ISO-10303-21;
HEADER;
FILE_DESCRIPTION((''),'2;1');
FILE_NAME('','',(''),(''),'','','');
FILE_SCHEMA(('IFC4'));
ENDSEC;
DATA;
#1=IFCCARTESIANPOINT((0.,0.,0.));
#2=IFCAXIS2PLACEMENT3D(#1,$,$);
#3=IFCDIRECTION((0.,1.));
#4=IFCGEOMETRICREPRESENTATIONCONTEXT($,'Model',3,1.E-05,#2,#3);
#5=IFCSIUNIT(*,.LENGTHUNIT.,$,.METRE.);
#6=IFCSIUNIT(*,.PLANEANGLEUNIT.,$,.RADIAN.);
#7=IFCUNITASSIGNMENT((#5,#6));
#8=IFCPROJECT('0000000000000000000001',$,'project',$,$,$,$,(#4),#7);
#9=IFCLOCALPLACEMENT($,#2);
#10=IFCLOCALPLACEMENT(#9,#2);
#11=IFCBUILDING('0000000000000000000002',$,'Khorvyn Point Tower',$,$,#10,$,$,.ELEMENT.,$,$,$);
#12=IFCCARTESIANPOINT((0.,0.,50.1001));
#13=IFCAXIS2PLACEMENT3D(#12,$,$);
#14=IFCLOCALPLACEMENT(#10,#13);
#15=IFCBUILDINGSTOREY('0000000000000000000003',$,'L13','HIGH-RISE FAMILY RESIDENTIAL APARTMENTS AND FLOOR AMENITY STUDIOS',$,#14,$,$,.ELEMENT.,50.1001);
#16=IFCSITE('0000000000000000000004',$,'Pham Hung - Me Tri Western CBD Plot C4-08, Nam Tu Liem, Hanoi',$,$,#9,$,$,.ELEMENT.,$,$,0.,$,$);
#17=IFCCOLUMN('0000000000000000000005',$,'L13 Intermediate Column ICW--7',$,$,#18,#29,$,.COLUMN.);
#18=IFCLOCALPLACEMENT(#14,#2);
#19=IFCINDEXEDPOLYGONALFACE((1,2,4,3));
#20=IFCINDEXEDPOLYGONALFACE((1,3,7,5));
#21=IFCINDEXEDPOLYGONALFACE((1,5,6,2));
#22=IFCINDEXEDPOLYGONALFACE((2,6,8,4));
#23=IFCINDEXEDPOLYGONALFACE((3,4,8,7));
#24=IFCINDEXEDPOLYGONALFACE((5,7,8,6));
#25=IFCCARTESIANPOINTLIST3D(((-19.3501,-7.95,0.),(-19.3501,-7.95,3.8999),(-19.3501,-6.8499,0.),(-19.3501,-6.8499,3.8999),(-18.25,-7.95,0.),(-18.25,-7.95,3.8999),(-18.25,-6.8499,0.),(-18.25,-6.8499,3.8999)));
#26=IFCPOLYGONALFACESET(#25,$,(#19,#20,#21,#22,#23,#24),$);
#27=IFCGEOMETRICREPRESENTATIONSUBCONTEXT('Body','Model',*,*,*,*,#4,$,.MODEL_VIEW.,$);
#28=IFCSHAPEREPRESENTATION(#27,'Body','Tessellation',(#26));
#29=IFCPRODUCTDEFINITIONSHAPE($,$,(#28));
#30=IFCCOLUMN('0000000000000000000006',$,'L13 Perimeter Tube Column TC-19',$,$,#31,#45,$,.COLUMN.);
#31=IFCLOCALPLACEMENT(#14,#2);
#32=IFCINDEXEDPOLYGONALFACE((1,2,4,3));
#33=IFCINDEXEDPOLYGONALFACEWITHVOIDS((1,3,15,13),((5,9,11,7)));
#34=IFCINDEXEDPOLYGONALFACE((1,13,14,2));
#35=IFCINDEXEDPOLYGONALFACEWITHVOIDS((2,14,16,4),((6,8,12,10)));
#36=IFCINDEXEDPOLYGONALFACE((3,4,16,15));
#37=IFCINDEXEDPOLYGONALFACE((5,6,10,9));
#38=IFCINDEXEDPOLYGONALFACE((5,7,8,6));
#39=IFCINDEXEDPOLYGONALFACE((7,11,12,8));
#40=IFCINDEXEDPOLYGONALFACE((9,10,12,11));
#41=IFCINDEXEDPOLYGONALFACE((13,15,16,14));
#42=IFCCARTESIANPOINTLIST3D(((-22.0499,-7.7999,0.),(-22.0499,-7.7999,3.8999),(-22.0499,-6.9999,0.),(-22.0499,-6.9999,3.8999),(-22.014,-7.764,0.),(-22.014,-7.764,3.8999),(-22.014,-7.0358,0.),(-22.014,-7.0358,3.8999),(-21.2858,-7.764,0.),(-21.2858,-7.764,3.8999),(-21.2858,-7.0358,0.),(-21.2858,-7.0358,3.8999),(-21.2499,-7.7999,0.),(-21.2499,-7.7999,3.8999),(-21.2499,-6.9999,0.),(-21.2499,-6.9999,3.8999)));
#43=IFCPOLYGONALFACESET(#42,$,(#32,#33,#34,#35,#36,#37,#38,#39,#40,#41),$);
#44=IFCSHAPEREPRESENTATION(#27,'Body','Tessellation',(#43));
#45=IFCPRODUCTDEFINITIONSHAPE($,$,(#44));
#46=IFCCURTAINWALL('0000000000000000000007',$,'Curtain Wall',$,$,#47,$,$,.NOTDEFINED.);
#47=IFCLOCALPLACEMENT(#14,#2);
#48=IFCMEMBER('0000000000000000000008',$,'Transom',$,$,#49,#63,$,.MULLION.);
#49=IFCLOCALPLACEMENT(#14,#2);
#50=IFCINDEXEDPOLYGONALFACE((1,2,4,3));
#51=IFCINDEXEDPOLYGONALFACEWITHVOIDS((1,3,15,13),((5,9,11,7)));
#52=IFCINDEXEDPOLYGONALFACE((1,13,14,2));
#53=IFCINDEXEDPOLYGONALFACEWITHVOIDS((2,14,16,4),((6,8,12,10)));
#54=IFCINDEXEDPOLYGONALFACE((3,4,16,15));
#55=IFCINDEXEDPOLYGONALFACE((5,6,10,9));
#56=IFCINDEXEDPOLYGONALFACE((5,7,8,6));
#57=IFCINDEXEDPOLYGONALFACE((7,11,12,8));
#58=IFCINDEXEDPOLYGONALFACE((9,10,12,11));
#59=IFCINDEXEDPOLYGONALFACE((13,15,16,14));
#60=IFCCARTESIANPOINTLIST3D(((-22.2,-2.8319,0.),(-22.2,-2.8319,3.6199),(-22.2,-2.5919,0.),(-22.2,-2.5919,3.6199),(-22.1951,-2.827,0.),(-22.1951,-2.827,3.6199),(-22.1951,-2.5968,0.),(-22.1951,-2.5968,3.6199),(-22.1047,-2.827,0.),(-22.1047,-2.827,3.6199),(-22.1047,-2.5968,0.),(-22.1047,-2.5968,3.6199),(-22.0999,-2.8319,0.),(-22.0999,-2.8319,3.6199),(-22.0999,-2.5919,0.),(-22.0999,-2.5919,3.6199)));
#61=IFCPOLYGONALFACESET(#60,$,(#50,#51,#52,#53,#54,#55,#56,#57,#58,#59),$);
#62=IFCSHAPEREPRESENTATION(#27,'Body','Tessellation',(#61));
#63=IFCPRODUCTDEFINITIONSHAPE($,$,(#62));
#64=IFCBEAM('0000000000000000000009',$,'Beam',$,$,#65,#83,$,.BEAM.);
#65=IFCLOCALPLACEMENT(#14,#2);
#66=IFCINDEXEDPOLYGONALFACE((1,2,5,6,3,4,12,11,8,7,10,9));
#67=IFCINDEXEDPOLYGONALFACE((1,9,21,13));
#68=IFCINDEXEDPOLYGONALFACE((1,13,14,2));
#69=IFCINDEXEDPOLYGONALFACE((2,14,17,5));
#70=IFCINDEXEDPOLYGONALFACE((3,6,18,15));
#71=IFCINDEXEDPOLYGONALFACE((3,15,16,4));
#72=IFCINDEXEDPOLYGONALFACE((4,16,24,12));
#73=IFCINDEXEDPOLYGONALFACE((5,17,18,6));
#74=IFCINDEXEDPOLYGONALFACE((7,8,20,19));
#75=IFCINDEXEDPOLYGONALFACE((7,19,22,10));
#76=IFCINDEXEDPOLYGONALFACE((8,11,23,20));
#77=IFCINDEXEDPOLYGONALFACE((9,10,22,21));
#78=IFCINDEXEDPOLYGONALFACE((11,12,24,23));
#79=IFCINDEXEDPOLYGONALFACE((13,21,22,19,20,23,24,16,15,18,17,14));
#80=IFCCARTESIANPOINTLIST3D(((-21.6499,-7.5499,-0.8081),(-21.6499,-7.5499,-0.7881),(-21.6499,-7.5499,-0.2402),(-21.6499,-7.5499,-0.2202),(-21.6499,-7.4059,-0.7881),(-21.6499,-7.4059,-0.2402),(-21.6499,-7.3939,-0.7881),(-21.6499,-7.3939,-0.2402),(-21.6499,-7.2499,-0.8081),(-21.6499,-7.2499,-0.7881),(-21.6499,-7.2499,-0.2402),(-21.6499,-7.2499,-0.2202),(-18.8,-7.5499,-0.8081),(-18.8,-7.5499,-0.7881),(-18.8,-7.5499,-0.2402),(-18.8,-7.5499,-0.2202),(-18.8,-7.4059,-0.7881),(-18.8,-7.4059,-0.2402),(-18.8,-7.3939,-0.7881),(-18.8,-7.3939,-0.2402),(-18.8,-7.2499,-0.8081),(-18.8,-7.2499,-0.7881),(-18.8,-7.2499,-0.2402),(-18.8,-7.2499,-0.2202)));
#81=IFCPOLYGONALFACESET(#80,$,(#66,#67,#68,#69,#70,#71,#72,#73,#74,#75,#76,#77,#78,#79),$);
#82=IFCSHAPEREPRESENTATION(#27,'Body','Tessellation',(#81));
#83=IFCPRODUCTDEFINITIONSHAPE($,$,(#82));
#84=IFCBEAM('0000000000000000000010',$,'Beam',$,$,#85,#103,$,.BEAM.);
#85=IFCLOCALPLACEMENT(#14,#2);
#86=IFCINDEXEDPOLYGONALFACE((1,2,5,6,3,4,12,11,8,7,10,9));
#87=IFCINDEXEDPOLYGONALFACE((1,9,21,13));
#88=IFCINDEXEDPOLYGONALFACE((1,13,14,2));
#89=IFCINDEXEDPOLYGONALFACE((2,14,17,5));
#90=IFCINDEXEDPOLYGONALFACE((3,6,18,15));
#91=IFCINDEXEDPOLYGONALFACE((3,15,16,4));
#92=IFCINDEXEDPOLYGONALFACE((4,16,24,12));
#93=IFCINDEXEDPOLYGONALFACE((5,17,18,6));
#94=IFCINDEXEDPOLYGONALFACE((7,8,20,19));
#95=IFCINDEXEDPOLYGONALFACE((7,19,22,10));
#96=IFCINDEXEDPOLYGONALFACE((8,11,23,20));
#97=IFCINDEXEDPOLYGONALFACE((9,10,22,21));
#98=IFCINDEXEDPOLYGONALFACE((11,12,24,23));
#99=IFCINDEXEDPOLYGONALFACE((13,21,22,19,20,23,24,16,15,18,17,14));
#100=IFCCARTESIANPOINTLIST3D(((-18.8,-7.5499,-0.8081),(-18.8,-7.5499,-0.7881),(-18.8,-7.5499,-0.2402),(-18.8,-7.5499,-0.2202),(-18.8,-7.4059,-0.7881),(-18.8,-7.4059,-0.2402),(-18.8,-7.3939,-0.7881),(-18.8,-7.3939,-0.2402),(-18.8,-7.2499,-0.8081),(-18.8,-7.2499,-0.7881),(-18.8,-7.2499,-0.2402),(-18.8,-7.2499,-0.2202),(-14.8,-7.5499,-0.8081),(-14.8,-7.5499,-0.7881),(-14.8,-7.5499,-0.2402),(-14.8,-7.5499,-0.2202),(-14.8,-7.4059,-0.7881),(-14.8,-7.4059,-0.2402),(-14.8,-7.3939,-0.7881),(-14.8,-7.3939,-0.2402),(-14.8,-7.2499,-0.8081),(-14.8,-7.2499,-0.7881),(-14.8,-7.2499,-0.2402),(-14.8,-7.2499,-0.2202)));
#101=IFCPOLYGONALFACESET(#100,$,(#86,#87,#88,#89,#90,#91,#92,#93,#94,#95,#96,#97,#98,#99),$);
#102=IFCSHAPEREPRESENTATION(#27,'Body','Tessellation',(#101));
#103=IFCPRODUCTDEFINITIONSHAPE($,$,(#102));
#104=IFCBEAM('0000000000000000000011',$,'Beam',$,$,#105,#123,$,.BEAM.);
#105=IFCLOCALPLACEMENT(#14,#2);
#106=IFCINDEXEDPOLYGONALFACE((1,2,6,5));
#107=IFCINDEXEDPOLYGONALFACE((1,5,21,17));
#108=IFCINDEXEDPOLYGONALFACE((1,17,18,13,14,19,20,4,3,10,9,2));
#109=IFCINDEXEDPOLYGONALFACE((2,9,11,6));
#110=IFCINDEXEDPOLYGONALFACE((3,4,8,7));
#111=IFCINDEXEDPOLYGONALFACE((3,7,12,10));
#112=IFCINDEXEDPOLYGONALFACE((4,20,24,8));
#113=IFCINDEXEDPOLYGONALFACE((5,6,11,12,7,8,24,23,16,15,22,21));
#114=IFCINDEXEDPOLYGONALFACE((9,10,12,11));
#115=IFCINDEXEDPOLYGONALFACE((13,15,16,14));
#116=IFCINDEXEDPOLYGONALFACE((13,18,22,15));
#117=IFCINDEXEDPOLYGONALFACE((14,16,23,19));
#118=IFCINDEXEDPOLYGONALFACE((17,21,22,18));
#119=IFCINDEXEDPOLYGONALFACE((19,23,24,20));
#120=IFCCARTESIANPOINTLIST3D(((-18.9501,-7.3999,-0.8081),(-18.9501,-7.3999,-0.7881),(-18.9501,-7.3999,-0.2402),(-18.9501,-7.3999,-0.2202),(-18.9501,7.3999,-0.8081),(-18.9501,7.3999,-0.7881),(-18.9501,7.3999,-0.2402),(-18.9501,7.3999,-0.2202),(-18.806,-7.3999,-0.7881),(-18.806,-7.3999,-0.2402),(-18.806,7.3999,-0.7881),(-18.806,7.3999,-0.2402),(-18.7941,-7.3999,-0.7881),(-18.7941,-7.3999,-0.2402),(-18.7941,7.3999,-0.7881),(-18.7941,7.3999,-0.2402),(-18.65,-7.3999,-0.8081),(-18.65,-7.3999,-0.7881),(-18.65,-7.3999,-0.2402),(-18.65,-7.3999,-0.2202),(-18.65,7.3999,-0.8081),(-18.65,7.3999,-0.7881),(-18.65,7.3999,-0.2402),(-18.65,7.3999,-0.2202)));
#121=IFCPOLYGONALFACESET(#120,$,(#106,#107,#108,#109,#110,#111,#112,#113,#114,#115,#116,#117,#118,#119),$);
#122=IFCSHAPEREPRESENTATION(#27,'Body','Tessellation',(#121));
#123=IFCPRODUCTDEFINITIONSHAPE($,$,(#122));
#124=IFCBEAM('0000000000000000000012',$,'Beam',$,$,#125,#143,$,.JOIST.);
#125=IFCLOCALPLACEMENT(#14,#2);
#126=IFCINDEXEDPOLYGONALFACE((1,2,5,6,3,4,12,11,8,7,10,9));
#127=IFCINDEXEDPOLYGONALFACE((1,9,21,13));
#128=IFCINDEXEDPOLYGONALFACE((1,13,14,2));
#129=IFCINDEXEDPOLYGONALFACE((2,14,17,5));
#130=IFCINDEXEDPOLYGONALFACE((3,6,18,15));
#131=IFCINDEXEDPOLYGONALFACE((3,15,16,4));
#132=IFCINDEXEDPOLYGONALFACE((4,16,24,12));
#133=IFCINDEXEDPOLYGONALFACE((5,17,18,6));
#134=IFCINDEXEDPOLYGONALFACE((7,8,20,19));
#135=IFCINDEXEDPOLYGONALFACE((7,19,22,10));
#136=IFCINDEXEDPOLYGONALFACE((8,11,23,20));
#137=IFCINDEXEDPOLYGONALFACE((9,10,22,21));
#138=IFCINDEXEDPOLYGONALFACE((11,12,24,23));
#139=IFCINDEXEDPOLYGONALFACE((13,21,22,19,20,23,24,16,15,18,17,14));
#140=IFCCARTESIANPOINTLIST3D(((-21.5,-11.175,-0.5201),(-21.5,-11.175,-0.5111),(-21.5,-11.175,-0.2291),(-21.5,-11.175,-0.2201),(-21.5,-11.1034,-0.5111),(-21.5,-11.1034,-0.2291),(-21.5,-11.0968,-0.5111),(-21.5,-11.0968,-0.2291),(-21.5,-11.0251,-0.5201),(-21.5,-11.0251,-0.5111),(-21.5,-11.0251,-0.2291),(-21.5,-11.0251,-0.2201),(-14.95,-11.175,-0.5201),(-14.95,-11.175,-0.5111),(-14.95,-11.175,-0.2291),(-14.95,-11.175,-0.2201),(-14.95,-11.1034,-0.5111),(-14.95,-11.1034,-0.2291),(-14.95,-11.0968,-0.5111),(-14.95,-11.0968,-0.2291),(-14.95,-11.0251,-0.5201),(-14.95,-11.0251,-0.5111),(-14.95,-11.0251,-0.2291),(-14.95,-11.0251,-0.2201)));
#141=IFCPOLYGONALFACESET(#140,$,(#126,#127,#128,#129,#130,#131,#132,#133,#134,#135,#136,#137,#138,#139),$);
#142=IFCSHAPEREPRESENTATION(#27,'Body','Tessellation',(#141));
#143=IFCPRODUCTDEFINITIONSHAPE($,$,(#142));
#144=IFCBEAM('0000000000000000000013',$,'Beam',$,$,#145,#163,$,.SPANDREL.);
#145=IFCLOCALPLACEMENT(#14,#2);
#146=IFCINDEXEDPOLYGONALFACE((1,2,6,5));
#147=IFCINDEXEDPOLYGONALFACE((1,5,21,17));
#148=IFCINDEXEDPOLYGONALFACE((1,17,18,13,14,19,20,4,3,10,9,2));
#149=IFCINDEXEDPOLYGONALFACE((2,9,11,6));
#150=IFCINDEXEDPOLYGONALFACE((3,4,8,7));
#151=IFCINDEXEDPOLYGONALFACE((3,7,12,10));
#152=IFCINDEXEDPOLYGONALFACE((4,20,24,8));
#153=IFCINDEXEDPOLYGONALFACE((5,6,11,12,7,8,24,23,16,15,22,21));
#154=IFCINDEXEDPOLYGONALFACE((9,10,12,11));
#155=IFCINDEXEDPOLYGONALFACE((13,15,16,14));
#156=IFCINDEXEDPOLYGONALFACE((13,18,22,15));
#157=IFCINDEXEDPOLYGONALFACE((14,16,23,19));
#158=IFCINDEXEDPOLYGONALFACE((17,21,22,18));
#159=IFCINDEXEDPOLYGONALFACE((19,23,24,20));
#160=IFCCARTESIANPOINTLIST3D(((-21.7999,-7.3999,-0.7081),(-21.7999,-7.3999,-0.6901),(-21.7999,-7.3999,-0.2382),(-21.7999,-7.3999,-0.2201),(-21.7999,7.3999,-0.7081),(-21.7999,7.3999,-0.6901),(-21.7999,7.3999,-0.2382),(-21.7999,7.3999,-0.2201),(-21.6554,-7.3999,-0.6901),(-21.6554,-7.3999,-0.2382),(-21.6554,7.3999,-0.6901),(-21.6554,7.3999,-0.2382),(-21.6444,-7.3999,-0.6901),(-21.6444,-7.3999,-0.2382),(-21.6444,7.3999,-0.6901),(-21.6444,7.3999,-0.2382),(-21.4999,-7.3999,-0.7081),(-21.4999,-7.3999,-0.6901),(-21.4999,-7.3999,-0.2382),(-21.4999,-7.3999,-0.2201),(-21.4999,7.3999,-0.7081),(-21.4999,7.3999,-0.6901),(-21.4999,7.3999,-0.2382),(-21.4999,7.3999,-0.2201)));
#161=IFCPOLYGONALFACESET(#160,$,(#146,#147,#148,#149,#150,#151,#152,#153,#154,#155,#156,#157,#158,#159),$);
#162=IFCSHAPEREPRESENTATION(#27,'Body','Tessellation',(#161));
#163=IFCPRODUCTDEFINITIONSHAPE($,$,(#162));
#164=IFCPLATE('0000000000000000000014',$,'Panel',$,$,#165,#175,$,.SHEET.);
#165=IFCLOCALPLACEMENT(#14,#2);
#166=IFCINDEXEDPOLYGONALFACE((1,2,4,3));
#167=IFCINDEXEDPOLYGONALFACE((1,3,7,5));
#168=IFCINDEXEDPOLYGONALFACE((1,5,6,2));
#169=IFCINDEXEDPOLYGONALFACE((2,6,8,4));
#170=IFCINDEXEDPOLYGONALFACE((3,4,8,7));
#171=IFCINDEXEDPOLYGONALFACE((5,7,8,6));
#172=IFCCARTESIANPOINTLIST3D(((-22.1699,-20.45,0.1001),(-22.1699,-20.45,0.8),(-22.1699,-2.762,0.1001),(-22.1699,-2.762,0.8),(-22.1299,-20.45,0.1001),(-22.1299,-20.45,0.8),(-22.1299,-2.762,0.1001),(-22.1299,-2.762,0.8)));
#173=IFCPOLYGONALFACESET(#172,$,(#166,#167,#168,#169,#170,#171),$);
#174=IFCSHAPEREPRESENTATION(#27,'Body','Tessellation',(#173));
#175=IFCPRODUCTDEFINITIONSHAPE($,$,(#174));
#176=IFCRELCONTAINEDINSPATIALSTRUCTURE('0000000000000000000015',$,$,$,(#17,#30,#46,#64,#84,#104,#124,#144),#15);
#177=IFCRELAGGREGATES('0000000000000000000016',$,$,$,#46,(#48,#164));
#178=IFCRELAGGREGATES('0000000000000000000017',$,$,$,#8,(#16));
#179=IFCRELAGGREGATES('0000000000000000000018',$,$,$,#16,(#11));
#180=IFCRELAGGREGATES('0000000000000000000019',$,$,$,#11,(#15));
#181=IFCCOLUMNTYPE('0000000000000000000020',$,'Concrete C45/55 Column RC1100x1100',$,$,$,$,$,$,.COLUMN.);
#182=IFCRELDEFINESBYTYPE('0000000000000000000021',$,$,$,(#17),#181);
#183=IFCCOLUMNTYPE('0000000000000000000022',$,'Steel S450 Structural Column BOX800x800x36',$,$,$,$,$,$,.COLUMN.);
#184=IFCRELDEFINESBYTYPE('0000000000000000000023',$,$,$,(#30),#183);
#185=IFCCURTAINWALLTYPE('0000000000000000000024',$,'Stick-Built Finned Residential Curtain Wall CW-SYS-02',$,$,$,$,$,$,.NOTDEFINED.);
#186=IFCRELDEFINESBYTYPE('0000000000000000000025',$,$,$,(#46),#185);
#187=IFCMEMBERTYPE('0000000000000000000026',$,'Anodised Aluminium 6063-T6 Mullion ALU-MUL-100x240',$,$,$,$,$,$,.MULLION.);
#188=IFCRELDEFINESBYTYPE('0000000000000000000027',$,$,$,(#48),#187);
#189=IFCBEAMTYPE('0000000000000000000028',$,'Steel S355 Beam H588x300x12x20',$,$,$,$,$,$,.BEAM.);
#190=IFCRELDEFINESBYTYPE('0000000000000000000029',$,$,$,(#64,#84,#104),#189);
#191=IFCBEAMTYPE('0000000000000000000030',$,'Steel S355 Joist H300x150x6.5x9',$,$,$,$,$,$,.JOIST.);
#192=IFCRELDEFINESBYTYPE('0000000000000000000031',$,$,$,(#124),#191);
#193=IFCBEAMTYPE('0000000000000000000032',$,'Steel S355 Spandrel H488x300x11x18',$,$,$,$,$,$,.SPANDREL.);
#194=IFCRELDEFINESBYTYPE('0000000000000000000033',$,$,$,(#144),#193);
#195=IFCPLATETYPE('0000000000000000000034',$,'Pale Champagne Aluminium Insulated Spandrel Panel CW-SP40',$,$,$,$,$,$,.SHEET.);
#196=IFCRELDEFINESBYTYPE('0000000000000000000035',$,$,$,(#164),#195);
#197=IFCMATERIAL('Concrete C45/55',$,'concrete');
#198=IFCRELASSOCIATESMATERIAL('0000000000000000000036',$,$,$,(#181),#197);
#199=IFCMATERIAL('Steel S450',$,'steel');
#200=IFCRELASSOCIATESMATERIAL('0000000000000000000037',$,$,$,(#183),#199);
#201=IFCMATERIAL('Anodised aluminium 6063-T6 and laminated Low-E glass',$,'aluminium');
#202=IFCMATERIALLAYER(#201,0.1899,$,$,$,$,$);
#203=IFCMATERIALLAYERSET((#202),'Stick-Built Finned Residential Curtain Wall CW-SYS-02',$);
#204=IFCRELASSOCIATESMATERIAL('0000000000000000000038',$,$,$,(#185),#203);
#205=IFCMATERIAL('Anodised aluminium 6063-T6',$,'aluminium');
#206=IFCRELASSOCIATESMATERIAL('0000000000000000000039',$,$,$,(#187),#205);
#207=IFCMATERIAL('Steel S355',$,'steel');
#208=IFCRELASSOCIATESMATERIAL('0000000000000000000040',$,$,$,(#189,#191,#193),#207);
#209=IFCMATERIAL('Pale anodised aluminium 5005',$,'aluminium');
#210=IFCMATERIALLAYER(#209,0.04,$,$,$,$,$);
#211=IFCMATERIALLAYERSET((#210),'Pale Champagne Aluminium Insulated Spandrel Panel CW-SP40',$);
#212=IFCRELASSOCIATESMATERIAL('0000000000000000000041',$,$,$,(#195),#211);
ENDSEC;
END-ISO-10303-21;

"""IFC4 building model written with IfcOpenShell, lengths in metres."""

from ifc_helpers import new_model, si_unit, direction, frame, origin, origin_2d, place, context, subcontext, project, spatial, rectangle, hollow_rectangle, i_section, extrude, material, layer, layer_set, material_profile, profile_set, type_object, element, aggregate, save


model = new_model("IFC4")

# Units and contexts
model_context = context("Model", 3, precision=1e-05, world=origin(), true_north=direction((0.0, 1.0)))
body_context = subcontext(model_context, "Body", "Model", "MODEL_VIEW")
ifc_project = project(units=[si_unit("LENGTHUNIT", "METRE"), si_unit("PLANEANGLEUNIT", "RADIAN")], contexts=[model_context])

# Site, building, storey
site_placement = place(None, origin())
site = spatial("IfcSite", under=ifc_project, at=site_placement, Name="Pham Hung - Me Tri Western CBD Plot C4-08, Nam Tu Liem, Hanoi", CompositionType="ELEMENT", RefElevation=0.0)
building_placement = place(site_placement, origin())
building = spatial("IfcBuilding", under=site, at=building_placement, Name="Khorvyn Point Tower", CompositionType="ELEMENT")
storey_placement = place(building_placement, frame((0.0, 0.0, 50.1001)))
storey = spatial("IfcBuildingStorey", under=building, at=storey_placement, Name="L13", Description="HIGH-RISE FAMILY RESIDENTIAL APARTMENTS AND FLOOR AMENITY STUDIOS", CompositionType="ELEMENT", Elevation=50.1001)

# Columns
ifc_material_1 = material(Name="Concrete C45/55", Category="concrete")
ifc_material_profile_1 = material_profile(ifc_material_1, rectangle(XDim=1.1001, YDim=1.1001, at=origin_2d()))
ifc_profile_set_1 = profile_set([ifc_material_profile_1], Name="Concrete C45/55 RC1100x1100")
column_type_1 = type_object("IfcColumnType", Name="Concrete C45/55 Column RC1100x1100", PredefinedType="COLUMN", material=ifc_profile_set_1)
column_1_placement = place(storey_placement, frame((-18.8, -7.3999, 0.0), z_axis=(0.0, 0.0, 1.0), x_axis=(1.0, 0.0, 0.0)))
element("IfcColumn", 1, at=column_1_placement, inside=storey, type_object=column_type_1, Name="L13 Intermediate Column ICW--7", PredefinedType="COLUMN", context=body_context, shape_type="SweptSolid", body=[
    extrude(rectangle(XDim=1.1001, YDim=1.1001, at=origin_2d()), origin(), (0.0, 0.0, 1.0), 3.8999),
])
ifc_material_2 = material(Name="Steel S450", Category="steel")
ifc_material_profile_2 = material_profile(ifc_material_2, hollow_rectangle(XDim=0.8, YDim=0.8, WallThickness=0.0359, at=origin_2d()))
ifc_profile_set_2 = profile_set([ifc_material_profile_2], Name="Steel S450 BOX800x800x36")
column_type_2 = type_object("IfcColumnType", Name="Steel S450 Structural Column BOX800x800x36", PredefinedType="COLUMN", material=ifc_profile_set_2)
column_2_placement = place(storey_placement, frame((-21.6499, -7.3999, 0.0), z_axis=(0.0, 0.0, 1.0), x_axis=(1.0, 0.0, 0.0)))
element("IfcColumn", 2, at=column_2_placement, inside=storey, type_object=column_type_2, Name="L13 Perimeter Tube Column TC-19", PredefinedType="COLUMN", context=body_context, shape_type="SweptSolid", body=[
    extrude(hollow_rectangle(XDim=0.8, YDim=0.8, WallThickness=0.0359, at=origin_2d()), origin(), (0.0, 0.0, 1.0), 3.8999),
])

# Curtain wall, member
ifc_material_3 = material(Name="Anodised aluminium 6063-T6 and laminated Low-E glass", Category="aluminium")
ifc_layer_1 = layer(ifc_material_3, 0.1899)
ifc_layer_set_1 = layer_set([ifc_layer_1], Name="Stick-Built Finned Residential Curtain Wall CW-SYS-02")
curtain_wall_type = type_object("IfcCurtainWallType", Name="Stick-Built Finned Residential Curtain Wall CW-SYS-02", PredefinedType="NOTDEFINED", material=ifc_layer_set_1)
curtain_wall_placement = place(storey_placement, origin())
curtain_wall = element("IfcCurtainWall", 3, at=curtain_wall_placement, inside=storey, type_object=curtain_wall_type, Name="Curtain Wall", PredefinedType="NOTDEFINED")
ifc_material_4 = material(Name="Anodised aluminium 6063-T6", Category="aluminium")
ifc_material_profile_3 = material_profile(ifc_material_4, hollow_rectangle(XDim=0.1001, YDim=0.24, WallThickness=0.0049, at=origin_2d()))
ifc_profile_set_3 = profile_set([ifc_material_profile_3], Name="Anodised aluminium 6063-T6 ALU-MUL-100x240")
member_type = type_object("IfcMemberType", Name="Anodised Aluminium 6063-T6 Mullion ALU-MUL-100x240", PredefinedType="MULLION", material=ifc_profile_set_3)
member_placement = place(storey_placement, frame((-22.1499, -2.7119, 0.0), z_axis=(0.0, 0.0, 1.0), x_axis=(-1.0, 0.0, 0.0)))
member = element("IfcMember", 4, at=member_placement, type_object=member_type, Name="Transom", PredefinedType="MULLION", context=body_context, shape_type="SweptSolid", body=[
    extrude(hollow_rectangle(XDim=0.1001, YDim=0.24, WallThickness=0.0049, at=origin_2d()), origin(), (0.0, 0.0, 1.0), 3.6199),
])

# Beams
ifc_material_5 = material(Name="Steel S355", Category="steel")
ifc_material_profile_4 = material_profile(ifc_material_5, i_section(OverallWidth=0.3, OverallDepth=0.5879, WebThickness=0.012, FlangeThickness=0.02, at=origin_2d()))
ifc_profile_set_4 = profile_set([ifc_material_profile_4], Name="Steel S355 H588x300x12x20")
beam_type_1 = type_object("IfcBeamType", Name="Steel S355 Beam H588x300x12x20", PredefinedType="BEAM", material=ifc_profile_set_4)
beam_1_placement = place(storey_placement, frame((-21.6499, -7.3999, -0.5142), z_axis=(1.0, 0.0, 0.0), x_axis=(0.0, 1.0, 0.0)))
element("IfcBeam", 5, at=beam_1_placement, inside=storey, type_object=beam_type_1, Name="Beam", PredefinedType="BEAM", context=body_context, shape_type="SweptSolid", body=[
    extrude(i_section(OverallWidth=0.3, OverallDepth=0.5879, WebThickness=0.012, FlangeThickness=0.02, at=origin_2d()), origin(), (0.0, 0.0, 1.0), 2.8499),
])
beam_2_placement = place(storey_placement, frame((-18.8, -7.3999, -0.5142), z_axis=(1.0, 0.0, 0.0), x_axis=(0.0, 1.0, 0.0)))
element("IfcBeam", 6, at=beam_2_placement, inside=storey, type_object=beam_type_1, Name="Beam", PredefinedType="BEAM", context=body_context, shape_type="SweptSolid", body=[
    extrude(i_section(OverallWidth=0.3, OverallDepth=0.5879, WebThickness=0.012, FlangeThickness=0.02, at=origin_2d()), origin(), (0.0, 0.0, 1.0), 4.0),
])
beam_3_placement = place(storey_placement, frame((-18.8, -7.3999, -0.5142), z_axis=(0.0, 1.0, 0.0), x_axis=(-1.0, 0.0, 0.0)))
element("IfcBeam", 7, at=beam_3_placement, inside=storey, type_object=beam_type_1, Name="Beam", PredefinedType="BEAM", context=body_context, shape_type="SweptSolid", body=[
    extrude(i_section(OverallWidth=0.3, OverallDepth=0.5879, WebThickness=0.012, FlangeThickness=0.02, at=origin_2d()), origin(), (0.0, 0.0, 1.0), 14.7998),
])
ifc_material_profile_5 = material_profile(ifc_material_5, i_section(OverallWidth=0.1499, OverallDepth=0.3, WebThickness=0.0066, FlangeThickness=0.009, at=origin_2d()))
ifc_profile_set_5 = profile_set([ifc_material_profile_5], Name="Steel S355 H300x150x6.5x9")
beam_type_2 = type_object("IfcBeamType", Name="Steel S355 Joist H300x150x6.5x9", PredefinedType="JOIST", material=ifc_profile_set_5)
beam_4_placement = place(storey_placement, frame((-21.5, -11.1001, -0.3701), z_axis=(1.0, 0.0, 0.0), x_axis=(0.0, 1.0, 0.0)))
element("IfcBeam", 8, at=beam_4_placement, inside=storey, type_object=beam_type_2, Name="Beam", PredefinedType="JOIST", context=body_context, shape_type="SweptSolid", body=[
    extrude(i_section(OverallWidth=0.1499, OverallDepth=0.3, WebThickness=0.0066, FlangeThickness=0.009, at=origin_2d()), origin(), (0.0, 0.0, 1.0), 6.55),
])
ifc_material_profile_6 = material_profile(ifc_material_5, i_section(OverallWidth=0.3, OverallDepth=0.488, WebThickness=0.011, FlangeThickness=0.0181, at=origin_2d()))
ifc_profile_set_6 = profile_set([ifc_material_profile_6], Name="Steel S355 H488x300x11x18")
beam_type_3 = type_object("IfcBeamType", Name="Steel S355 Spandrel H488x300x11x18", PredefinedType="SPANDREL", material=ifc_profile_set_6)
beam_5_placement = place(storey_placement, frame((-21.6499, -7.3999, -0.4641), z_axis=(0.0, 1.0, 0.0), x_axis=(-1.0, 0.0, 0.0)))
element("IfcBeam", 9, at=beam_5_placement, inside=storey, type_object=beam_type_3, Name="Beam", PredefinedType="SPANDREL", context=body_context, shape_type="SweptSolid", body=[
    extrude(i_section(OverallWidth=0.3, OverallDepth=0.488, WebThickness=0.011, FlangeThickness=0.0181, at=origin_2d()), origin(), (0.0, 0.0, 1.0), 14.7998),
])

# Plate
ifc_material_6 = material(Name="Pale anodised aluminium 5005", Category="aluminium")
ifc_layer_2 = layer(ifc_material_6, 0.04)
ifc_layer_set_2 = layer_set([ifc_layer_2], Name="Pale Champagne Aluminium Insulated Spandrel Panel CW-SP40")
plate_type_1 = type_object("IfcPlateType", Name="Pale Champagne Aluminium Insulated Spandrel Panel CW-SP40", PredefinedType="SHEET", material=ifc_layer_set_2)
plate_1_placement = place(storey_placement, frame((-22.1499, -11.606, 0.1001), z_axis=(0.0, 0.0, 1.0), x_axis=(0.0, 1.0, 0.0)))
plate_1 = element("IfcPlate", 10, at=plate_1_placement, type_object=plate_type_1, Name="Panel", PredefinedType="SHEET", context=body_context, shape_type="SweptSolid", body=[
    extrude(rectangle(XDim=17.688, YDim=0.04, at=origin_2d()), origin(), (0.0, 0.0, 1.0), 0.7),
])
aggregate(curtain_wall, [member, plate_1])

save(model, "model.ifc")
